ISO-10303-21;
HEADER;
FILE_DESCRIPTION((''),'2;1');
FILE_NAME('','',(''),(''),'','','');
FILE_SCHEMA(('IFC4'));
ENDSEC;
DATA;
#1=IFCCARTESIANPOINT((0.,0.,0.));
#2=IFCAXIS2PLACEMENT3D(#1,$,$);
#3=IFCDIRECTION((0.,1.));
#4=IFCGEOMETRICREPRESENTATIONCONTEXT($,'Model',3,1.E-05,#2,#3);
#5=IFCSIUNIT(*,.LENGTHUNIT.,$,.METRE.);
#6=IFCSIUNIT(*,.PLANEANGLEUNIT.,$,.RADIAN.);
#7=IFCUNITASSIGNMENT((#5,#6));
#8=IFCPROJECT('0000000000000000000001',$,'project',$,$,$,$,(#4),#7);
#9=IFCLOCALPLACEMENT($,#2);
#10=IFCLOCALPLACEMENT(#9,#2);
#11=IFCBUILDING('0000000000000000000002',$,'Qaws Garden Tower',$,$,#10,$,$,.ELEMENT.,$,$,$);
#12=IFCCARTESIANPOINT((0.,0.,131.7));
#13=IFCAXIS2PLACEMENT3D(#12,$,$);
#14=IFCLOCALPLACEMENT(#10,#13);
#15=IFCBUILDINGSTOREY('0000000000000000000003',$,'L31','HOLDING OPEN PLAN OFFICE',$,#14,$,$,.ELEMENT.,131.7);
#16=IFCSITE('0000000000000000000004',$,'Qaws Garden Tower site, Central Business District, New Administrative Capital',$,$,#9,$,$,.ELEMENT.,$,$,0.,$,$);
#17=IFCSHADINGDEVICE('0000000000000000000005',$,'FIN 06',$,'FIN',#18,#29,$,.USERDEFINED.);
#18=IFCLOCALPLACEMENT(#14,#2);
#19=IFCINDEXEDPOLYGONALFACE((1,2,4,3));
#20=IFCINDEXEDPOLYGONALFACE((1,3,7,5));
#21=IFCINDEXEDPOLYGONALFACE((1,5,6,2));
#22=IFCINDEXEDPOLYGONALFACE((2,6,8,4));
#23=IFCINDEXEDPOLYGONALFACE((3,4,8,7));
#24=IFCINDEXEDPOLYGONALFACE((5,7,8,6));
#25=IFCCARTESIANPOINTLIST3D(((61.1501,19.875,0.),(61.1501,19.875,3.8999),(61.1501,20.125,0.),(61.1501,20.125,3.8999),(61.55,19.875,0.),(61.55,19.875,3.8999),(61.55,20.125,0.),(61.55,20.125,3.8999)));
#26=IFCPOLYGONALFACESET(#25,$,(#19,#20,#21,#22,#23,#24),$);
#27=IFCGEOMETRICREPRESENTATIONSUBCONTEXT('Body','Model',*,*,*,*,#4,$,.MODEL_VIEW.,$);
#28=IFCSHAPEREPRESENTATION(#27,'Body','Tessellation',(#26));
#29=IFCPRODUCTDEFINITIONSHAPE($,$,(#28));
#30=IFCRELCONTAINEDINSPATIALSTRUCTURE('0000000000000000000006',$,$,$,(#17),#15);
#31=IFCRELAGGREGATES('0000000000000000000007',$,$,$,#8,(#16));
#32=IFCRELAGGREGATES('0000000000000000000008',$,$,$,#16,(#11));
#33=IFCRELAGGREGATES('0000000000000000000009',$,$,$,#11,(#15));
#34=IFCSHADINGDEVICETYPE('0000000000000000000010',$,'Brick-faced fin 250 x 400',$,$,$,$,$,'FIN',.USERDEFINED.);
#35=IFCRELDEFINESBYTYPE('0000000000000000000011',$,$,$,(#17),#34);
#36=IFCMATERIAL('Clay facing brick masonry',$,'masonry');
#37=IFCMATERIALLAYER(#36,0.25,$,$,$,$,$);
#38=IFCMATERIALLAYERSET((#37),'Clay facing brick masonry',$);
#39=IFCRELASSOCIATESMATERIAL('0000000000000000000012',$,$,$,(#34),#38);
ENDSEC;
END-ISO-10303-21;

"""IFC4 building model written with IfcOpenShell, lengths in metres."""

from ifc_helpers import new_model, si_unit, direction, frame, origin, origin_2d, place, context, subcontext, project, spatial, rectangle, extrude, material, layer, layer_set, type_object, element, save


model = new_model("IFC4")

# Units and contexts
model_context = context("Model", 3, precision=1e-05, world=origin(), true_north=direction((0.0, 1.0)))
body_context = subcontext(model_context, "Body", "Model", "MODEL_VIEW")
ifc_project = project(units=[si_unit("LENGTHUNIT", "METRE"), si_unit("PLANEANGLEUNIT", "RADIAN")], contexts=[model_context])

# Site, building, storey
site_placement = place(None, origin())
site = spatial("IfcSite", under=ifc_project, at=site_placement, Name="Qaws Garden Tower site, Central Business District, New Administrative Capital", CompositionType="ELEMENT", RefElevation=0.0)
building_placement = place(site_placement, origin())
building = spatial("IfcBuilding", under=site, at=building_placement, Name="Qaws Garden Tower", CompositionType="ELEMENT")
storey_placement = place(building_placement, frame((0.0, 0.0, 131.7)))
storey = spatial("IfcBuildingStorey", under=building, at=storey_placement, Name="L31", Description="HOLDING OPEN PLAN OFFICE", CompositionType="ELEMENT", Elevation=131.7)

# Shading device
ifc_material_1 = material(Name="Clay facing brick masonry", Category="masonry")
ifc_layer_1 = layer(ifc_material_1, 0.25)
ifc_layer_set_1 = layer_set([ifc_layer_1], Name="Clay facing brick masonry")
shading_device_type = type_object("IfcShadingDeviceType", Name="Brick-faced fin 250 x 400", ElementType="FIN", PredefinedType="USERDEFINED", material=ifc_layer_set_1)
shading_device_placement = place(storey_placement, frame((61.3501, 20.0, 0.0), z_axis=(0.0, 0.0, 1.0), x_axis=(0.0, 1.0, 0.0)))
element("IfcShadingDevice", 1, at=shading_device_placement, inside=storey, type_object=shading_device_type, Name="FIN 06", ObjectType="FIN", PredefinedType="USERDEFINED", context=body_context, shape_type="SweptSolid", body=[
    extrude(rectangle(XDim=0.25, YDim=0.3999, at=origin_2d()), origin(), (0.0, 0.0, 1.0), 3.8999),
])

save(model, "model.ifc")
